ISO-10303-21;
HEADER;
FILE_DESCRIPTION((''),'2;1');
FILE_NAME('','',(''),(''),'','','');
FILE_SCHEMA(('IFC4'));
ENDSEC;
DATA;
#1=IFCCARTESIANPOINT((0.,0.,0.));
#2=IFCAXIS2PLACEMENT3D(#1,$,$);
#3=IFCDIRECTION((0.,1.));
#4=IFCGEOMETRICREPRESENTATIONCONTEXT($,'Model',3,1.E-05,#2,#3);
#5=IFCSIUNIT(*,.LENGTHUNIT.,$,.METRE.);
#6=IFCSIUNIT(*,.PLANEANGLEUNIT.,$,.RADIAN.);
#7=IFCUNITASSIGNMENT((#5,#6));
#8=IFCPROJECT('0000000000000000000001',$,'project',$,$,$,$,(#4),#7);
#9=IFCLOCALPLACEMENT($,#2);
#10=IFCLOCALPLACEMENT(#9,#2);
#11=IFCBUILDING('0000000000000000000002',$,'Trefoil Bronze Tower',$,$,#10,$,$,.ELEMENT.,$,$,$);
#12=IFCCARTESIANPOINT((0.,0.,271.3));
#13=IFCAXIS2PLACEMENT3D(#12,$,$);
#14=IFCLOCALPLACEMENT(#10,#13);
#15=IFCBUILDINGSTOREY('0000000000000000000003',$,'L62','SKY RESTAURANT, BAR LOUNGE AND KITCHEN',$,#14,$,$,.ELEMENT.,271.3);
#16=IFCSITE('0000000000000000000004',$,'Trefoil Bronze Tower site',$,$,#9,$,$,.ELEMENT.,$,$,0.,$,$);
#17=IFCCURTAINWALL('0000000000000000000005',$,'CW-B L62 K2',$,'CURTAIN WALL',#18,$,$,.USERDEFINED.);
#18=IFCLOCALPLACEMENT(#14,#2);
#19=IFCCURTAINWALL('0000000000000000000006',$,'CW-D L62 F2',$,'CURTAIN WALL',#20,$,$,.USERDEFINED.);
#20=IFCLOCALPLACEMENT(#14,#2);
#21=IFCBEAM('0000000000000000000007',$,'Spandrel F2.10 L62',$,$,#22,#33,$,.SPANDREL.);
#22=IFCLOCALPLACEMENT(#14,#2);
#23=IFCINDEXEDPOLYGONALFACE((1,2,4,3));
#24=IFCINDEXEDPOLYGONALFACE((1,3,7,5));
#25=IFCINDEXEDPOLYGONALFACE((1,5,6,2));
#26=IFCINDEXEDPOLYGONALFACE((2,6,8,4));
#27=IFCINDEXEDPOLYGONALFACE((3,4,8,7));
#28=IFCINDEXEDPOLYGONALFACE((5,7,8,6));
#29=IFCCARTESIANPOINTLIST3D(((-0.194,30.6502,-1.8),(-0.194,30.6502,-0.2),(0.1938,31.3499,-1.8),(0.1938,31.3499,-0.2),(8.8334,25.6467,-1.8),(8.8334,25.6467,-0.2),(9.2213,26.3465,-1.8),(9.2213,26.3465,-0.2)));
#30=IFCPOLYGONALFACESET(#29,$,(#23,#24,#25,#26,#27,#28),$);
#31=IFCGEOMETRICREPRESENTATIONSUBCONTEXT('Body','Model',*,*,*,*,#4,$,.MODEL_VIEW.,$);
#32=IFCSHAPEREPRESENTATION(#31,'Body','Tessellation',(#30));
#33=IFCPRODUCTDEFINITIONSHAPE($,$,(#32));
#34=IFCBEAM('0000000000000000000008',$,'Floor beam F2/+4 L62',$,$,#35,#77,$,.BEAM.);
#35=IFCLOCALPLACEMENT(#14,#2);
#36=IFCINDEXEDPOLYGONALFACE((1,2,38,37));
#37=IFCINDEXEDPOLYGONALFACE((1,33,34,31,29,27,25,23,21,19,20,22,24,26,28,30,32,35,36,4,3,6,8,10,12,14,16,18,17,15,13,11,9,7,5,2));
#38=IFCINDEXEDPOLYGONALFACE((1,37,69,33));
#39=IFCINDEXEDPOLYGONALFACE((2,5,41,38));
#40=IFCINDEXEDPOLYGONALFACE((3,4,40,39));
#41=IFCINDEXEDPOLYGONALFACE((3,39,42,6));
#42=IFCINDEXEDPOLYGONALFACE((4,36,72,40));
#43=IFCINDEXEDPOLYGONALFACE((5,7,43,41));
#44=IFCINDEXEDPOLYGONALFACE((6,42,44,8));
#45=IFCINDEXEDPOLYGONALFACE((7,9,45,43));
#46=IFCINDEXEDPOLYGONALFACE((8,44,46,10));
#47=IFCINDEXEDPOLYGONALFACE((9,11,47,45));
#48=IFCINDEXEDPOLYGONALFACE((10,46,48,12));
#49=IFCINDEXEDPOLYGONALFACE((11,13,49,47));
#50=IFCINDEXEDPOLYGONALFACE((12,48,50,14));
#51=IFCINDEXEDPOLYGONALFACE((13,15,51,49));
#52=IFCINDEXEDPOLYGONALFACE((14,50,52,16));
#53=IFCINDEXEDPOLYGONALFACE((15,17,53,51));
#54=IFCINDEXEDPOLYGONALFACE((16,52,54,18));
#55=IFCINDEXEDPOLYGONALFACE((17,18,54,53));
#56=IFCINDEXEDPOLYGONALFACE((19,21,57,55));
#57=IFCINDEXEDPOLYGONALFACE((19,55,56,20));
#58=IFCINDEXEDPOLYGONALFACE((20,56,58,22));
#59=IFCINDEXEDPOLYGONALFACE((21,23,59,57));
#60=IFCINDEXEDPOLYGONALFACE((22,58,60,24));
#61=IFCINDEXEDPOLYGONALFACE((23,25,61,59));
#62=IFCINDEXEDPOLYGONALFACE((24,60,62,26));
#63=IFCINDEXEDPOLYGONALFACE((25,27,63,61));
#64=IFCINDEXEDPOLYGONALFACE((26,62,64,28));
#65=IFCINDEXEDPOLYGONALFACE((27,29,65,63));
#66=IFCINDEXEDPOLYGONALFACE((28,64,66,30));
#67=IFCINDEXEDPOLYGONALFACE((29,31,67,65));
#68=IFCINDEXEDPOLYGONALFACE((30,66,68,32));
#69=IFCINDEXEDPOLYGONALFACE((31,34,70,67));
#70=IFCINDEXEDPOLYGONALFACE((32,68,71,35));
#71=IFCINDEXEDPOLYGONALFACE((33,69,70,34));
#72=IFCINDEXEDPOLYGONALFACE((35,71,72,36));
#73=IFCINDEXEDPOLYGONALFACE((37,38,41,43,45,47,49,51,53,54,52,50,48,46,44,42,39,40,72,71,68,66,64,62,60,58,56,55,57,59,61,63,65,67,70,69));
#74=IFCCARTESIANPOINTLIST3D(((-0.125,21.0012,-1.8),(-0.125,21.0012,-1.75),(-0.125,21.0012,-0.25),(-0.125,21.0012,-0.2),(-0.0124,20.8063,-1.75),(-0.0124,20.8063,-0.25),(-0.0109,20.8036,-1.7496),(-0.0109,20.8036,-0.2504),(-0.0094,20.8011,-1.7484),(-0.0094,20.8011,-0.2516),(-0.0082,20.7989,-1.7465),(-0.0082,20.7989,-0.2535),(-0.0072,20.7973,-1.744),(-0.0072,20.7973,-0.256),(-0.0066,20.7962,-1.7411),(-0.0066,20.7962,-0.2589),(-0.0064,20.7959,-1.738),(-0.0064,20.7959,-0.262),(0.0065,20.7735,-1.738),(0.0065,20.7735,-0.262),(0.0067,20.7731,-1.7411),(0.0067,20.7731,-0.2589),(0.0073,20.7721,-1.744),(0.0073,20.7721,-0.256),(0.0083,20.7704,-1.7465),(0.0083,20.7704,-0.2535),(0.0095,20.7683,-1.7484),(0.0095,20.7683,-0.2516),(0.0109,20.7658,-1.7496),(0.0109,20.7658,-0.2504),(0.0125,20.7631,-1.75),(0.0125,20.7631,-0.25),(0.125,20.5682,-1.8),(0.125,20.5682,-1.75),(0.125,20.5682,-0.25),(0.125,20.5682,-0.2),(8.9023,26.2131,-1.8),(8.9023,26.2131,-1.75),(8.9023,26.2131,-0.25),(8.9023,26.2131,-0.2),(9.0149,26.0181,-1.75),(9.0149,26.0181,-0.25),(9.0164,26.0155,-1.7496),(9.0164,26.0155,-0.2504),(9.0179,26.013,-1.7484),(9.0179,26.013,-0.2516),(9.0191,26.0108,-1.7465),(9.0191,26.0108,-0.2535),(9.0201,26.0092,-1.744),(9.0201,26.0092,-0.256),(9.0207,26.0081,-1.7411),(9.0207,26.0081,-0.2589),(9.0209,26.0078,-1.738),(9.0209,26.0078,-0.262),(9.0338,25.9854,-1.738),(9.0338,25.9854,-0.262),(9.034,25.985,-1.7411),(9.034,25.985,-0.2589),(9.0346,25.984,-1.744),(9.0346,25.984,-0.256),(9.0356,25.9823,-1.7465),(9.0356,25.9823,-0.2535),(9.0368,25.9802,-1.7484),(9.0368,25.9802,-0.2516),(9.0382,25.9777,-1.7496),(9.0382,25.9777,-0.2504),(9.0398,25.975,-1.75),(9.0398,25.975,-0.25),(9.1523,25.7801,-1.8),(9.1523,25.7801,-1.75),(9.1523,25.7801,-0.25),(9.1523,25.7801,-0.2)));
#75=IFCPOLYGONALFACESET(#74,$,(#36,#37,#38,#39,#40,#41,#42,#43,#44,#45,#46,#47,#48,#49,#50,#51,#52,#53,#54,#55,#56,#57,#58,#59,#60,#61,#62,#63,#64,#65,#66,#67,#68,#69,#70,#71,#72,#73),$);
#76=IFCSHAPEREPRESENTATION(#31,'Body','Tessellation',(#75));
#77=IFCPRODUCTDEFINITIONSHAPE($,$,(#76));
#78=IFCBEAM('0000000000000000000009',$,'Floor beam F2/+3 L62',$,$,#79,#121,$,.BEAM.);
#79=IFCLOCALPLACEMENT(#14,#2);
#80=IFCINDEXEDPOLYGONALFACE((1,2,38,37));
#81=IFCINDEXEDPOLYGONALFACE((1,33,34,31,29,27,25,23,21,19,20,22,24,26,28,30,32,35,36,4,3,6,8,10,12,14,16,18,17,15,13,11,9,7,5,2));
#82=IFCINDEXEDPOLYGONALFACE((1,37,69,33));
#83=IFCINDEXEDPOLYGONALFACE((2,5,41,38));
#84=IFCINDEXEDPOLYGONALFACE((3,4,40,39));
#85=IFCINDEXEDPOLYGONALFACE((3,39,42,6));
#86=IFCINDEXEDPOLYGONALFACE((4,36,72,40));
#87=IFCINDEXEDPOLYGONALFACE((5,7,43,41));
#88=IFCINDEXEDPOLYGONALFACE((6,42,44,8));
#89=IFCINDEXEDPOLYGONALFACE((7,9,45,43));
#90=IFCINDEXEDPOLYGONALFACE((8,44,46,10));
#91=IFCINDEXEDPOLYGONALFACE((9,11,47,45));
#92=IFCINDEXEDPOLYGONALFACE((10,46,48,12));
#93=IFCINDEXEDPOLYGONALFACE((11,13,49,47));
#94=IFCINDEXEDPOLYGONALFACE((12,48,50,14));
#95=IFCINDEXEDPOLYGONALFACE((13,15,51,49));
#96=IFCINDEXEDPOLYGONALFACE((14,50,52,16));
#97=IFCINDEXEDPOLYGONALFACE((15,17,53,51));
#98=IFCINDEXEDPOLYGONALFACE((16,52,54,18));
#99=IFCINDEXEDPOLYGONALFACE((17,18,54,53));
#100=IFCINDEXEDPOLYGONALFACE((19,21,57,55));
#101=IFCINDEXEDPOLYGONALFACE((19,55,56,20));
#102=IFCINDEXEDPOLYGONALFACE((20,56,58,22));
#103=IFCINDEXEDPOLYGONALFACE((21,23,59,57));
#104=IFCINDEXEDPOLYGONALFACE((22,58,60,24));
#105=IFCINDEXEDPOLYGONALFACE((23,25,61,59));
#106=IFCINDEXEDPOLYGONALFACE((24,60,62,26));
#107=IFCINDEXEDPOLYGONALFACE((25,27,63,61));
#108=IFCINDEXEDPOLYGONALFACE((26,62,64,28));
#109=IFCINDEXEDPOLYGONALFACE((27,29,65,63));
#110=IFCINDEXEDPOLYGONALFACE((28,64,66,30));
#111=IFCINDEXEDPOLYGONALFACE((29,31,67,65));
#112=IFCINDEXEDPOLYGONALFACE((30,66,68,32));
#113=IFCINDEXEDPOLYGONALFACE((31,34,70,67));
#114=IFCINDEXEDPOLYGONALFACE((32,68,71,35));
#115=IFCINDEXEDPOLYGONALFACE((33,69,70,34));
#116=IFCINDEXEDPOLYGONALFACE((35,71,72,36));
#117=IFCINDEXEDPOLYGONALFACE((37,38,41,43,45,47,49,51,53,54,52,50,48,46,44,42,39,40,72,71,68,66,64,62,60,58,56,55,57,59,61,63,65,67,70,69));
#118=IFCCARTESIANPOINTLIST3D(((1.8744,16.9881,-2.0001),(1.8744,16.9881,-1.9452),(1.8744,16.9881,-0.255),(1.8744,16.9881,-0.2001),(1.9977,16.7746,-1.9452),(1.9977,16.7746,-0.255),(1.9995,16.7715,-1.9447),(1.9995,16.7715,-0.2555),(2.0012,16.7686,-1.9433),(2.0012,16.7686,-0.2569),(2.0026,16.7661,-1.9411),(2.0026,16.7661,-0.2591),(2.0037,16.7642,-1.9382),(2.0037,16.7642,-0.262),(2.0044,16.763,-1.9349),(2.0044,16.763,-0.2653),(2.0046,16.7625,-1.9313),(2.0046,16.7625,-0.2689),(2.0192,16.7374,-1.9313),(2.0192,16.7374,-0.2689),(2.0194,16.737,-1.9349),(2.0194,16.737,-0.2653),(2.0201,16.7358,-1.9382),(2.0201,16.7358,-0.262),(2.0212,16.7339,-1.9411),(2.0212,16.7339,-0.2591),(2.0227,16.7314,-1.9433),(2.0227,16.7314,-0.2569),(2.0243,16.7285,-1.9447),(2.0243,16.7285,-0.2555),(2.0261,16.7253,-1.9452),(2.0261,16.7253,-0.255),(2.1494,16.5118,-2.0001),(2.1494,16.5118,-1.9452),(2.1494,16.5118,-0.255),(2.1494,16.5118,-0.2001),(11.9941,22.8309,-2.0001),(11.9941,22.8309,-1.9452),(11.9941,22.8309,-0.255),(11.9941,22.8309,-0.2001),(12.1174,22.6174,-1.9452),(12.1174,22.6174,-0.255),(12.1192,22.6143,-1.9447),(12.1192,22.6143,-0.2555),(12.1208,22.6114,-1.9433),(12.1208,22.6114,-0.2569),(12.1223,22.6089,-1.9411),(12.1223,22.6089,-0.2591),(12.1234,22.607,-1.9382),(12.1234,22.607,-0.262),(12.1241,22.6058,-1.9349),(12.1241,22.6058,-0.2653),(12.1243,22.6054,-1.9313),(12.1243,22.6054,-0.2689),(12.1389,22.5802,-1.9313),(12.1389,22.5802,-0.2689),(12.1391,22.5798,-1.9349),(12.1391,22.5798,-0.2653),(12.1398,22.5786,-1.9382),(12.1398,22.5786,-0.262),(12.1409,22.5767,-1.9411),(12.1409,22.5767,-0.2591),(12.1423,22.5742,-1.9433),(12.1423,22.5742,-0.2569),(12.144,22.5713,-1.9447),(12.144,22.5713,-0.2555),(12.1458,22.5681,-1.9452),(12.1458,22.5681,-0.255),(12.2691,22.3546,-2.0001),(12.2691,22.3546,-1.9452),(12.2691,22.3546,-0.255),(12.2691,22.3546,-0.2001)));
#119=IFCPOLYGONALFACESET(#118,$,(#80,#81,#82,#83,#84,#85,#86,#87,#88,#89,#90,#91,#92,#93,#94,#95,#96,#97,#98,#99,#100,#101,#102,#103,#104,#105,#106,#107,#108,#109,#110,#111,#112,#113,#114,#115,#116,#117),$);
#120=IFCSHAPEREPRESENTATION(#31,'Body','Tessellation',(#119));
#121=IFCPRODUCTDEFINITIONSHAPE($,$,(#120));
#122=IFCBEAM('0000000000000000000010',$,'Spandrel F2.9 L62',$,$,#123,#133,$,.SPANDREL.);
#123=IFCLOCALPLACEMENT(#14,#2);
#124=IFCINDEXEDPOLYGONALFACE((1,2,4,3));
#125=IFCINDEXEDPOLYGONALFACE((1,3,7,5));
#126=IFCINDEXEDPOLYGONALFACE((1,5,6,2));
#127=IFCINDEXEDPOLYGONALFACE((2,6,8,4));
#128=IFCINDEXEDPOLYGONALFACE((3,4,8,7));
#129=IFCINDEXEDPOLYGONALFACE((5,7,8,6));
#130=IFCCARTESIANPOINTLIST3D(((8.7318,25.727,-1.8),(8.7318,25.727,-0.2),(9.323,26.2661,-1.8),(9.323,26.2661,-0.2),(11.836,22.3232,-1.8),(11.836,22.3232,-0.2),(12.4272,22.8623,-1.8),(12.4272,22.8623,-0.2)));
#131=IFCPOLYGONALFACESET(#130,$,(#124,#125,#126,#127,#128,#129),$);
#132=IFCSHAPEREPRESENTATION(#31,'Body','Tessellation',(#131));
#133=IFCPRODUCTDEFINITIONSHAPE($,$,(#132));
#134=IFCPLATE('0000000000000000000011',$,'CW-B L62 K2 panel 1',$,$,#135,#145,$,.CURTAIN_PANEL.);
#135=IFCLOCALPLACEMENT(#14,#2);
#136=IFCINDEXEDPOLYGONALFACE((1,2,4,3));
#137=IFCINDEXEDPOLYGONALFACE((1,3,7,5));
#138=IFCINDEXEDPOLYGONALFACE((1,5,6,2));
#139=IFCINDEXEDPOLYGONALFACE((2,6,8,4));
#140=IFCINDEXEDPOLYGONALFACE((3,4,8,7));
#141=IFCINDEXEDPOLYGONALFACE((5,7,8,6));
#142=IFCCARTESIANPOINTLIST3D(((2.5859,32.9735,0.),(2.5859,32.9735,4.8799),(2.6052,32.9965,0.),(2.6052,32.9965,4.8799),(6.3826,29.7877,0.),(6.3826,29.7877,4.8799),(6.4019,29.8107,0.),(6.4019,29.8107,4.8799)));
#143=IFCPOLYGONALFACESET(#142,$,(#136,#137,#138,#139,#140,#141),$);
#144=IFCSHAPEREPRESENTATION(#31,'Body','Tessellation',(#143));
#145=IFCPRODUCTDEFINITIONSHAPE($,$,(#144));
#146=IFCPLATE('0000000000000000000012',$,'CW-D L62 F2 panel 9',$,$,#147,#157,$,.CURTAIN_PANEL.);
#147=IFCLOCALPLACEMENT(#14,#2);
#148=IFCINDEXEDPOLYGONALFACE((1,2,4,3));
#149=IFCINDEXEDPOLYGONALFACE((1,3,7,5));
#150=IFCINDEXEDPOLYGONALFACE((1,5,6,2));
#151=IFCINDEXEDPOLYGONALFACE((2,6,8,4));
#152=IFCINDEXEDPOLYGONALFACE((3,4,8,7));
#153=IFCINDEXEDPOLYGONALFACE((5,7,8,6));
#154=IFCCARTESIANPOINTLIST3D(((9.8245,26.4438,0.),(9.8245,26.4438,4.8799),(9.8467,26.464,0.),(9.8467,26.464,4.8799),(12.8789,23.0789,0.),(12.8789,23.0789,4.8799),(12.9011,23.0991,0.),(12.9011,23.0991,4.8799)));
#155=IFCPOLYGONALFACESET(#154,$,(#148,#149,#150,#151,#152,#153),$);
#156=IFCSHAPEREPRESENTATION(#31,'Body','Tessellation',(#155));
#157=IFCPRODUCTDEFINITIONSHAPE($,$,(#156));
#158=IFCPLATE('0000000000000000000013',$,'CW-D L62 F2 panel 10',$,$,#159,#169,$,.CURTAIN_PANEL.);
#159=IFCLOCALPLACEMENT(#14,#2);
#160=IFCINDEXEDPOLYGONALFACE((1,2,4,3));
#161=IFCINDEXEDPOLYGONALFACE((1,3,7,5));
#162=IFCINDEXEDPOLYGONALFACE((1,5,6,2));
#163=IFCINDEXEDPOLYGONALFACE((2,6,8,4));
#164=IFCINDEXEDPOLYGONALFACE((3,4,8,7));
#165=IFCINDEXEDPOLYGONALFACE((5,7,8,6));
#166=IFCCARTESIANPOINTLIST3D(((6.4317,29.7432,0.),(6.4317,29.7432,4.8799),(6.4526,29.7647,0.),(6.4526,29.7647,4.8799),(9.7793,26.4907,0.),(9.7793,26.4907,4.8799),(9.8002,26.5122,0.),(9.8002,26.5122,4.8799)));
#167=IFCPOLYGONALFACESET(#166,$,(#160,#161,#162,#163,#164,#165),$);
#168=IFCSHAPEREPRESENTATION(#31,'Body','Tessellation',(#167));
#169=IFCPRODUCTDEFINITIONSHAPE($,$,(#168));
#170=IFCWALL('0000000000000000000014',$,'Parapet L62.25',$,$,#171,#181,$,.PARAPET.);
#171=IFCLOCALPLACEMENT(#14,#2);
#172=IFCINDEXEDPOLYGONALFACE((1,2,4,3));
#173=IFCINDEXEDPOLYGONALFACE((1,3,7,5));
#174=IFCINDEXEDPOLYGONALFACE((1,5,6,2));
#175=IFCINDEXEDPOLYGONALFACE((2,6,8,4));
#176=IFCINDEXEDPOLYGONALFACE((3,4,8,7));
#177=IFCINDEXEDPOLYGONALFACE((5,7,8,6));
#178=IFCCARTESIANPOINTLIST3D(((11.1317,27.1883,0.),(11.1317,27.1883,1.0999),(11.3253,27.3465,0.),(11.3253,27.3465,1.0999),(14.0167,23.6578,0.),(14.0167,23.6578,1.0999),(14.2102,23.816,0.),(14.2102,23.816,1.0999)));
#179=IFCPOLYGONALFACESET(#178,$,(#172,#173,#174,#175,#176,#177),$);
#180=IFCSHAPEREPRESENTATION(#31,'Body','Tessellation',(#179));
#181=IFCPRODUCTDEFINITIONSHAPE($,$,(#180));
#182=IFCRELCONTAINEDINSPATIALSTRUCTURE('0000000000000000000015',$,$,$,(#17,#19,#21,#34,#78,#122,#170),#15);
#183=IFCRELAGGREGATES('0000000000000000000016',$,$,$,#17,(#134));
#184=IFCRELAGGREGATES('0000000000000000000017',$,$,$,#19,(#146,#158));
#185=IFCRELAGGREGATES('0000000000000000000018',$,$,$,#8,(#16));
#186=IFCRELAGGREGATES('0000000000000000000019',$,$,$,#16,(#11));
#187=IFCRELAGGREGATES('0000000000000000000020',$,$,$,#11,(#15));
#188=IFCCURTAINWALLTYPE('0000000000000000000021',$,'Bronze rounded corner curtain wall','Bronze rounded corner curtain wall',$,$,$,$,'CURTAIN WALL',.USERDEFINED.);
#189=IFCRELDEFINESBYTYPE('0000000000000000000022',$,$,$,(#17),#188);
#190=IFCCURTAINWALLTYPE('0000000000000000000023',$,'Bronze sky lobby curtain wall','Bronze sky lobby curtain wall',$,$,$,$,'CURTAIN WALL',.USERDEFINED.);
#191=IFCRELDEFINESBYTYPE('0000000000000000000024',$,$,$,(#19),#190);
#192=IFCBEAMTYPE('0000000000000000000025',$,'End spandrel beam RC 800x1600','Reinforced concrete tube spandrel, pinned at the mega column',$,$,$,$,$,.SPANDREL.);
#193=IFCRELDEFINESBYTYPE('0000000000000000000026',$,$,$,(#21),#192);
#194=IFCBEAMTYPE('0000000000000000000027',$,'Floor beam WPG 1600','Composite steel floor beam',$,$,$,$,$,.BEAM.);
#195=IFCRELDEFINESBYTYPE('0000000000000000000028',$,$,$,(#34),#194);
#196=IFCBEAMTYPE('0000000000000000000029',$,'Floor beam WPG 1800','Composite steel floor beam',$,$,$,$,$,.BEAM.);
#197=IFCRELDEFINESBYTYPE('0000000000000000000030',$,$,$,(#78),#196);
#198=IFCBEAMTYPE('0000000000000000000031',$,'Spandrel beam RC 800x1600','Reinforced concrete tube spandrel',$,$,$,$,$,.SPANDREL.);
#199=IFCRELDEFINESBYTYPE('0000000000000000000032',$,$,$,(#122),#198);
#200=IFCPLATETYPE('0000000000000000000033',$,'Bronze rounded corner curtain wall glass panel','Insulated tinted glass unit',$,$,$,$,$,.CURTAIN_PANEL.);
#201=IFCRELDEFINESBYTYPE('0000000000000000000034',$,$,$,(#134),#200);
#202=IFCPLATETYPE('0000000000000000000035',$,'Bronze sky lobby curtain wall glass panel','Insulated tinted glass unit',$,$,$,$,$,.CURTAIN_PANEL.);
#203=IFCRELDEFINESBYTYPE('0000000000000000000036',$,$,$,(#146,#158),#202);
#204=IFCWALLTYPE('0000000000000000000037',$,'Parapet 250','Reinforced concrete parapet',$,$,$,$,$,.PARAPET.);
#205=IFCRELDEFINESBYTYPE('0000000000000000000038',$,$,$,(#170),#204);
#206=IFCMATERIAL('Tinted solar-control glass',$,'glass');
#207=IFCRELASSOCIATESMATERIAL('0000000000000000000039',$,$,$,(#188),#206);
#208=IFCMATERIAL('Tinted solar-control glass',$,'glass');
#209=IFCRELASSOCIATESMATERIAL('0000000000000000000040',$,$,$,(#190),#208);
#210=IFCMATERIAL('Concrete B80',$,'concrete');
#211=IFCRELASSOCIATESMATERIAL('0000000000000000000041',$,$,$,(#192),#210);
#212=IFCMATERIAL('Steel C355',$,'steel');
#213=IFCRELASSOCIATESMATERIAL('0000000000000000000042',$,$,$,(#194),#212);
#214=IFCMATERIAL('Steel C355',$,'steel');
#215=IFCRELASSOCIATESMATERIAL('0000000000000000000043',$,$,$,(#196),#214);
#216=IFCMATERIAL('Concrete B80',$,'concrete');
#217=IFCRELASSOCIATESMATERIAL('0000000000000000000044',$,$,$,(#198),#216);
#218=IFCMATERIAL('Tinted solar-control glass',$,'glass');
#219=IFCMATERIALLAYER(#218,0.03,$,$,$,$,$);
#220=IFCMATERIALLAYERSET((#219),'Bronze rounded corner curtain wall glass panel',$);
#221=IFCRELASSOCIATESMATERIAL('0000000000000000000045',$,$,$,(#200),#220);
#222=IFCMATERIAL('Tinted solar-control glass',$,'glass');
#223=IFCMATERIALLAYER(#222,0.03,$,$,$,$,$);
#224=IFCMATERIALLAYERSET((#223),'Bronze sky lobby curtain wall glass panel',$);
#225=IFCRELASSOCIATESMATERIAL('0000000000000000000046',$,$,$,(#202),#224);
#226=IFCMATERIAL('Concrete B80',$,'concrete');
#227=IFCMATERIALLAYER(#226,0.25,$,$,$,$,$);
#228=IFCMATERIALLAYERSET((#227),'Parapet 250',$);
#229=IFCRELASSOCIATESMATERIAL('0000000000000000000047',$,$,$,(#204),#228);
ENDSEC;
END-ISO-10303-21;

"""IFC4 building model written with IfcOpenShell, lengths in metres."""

from ifc_helpers import new_model, si_unit, direction, frame, frame_2d, origin, origin_2d, place, context, subcontext, project, spatial, rectangle, i_section, extrude, material, layer, layer_set, material_profile, profile_set, type_object, element, aggregate, save


model = new_model("IFC4")

# Units and contexts
model_context = context("Model", 3, precision=1e-05, world=origin(), true_north=direction((0.0, 1.0)))
body_context = subcontext(model_context, "Body", "Model", "MODEL_VIEW")
ifc_project = project(units=[si_unit("LENGTHUNIT", "METRE"), si_unit("PLANEANGLEUNIT", "RADIAN")], contexts=[model_context])

# Site, building, storey
site_placement = place(None, origin())
site = spatial("IfcSite", under=ifc_project, at=site_placement, Name="Trefoil Bronze Tower site", CompositionType="ELEMENT", RefElevation=0.0)
building_placement = place(site_placement, origin())
building = spatial("IfcBuilding", under=site, at=building_placement, Name="Trefoil Bronze Tower", CompositionType="ELEMENT")
storey_placement = place(building_placement, frame((0.0, 0.0, 271.3)))
storey = spatial("IfcBuildingStorey", under=building, at=storey_placement, Name="L62", Description="SKY RESTAURANT, BAR LOUNGE AND KITCHEN", CompositionType="ELEMENT", Elevation=271.3)

# Curtain walls
ifc_material_1 = material(Name="Tinted solar-control glass", Category="glass")
curtain_wall_type_1 = type_object("IfcCurtainWallType", Name="Bronze rounded corner curtain wall", Description="Bronze rounded corner curtain wall", ElementType="CURTAIN WALL", PredefinedType="USERDEFINED", material=ifc_material_1)
curtain_wall_1_placement = place(storey_placement, origin())
curtain_wall_1 = element("IfcCurtainWall", 1, at=curtain_wall_1_placement, inside=storey, type_object=curtain_wall_type_1, Name="CW-B L62 K2", ObjectType="CURTAIN WALL", PredefinedType="USERDEFINED")
ifc_material_2 = material(Name="Tinted solar-control glass", Category="glass")
curtain_wall_type_2 = type_object("IfcCurtainWallType", Name="Bronze sky lobby curtain wall", Description="Bronze sky lobby curtain wall", ElementType="CURTAIN WALL", PredefinedType="USERDEFINED", material=ifc_material_2)
curtain_wall_2_placement = place(storey_placement, origin())
curtain_wall_2 = element("IfcCurtainWall", 2, at=curtain_wall_2_placement, inside=storey, type_object=curtain_wall_type_2, Name="CW-D L62 F2", ObjectType="CURTAIN WALL", PredefinedType="USERDEFINED")

# Beams
ifc_material_3 = material(Name="Concrete B80", Category="concrete")
ifc_material_profile_1 = material_profile(ifc_material_3, rectangle(XDim=0.8, YDim=1.6001, at=origin_2d()), Name="RC 800x1600")
ifc_profile_set_1 = profile_set([ifc_material_profile_1], Name="Concrete B80")
beam_type_1 = type_object("IfcBeamType", Name="End spandrel beam RC 800x1600", Description="Reinforced concrete tube spandrel, pinned at the mega column", PredefinedType="SPANDREL", material=ifc_profile_set_1)
beam_1_placement = place(storey_placement, frame((9.0273, 25.9966, -1.0), z_axis=(-0.874641, 0.484771, 0.0), x_axis=(-0.484771, -0.874641, 0.0)))
element("IfcBeam", 3, at=beam_1_placement, inside=storey, type_object=beam_type_1, Name="Spandrel F2.10 L62", PredefinedType="SPANDREL", context=body_context, shape_type="SweptSolid", body=[
    extrude(rectangle(XDim=0.8, YDim=1.6001, at=origin_2d()), origin(), (0.0, 0.0, 1.0), 10.3213),
])
ifc_material_4 = material(Name="Steel C355", Category="steel")
ifc_material_profile_2 = material_profile(ifc_material_4, i_section(OverallWidth=0.5, OverallDepth=1.6001, WebThickness=0.0259, FlangeThickness=0.05, FilletRadius=0.012, at=origin_2d()), Name="WPG 1600")
ifc_profile_set_2 = profile_set([ifc_material_profile_2], Name="Steel C355")
beam_type_2 = type_object("IfcBeamType", Name="Floor beam WPG 1600", Description="Composite steel floor beam", PredefinedType="BEAM", material=ifc_profile_set_2)
beam_2_placement = place(storey_placement, frame((9.0273, 25.9966, -1.0), z_axis=(-0.866026, -0.499998, 0.0), x_axis=(0.499998, -0.866026, 0.0)))
element("IfcBeam", 4, at=beam_2_placement, inside=storey, type_object=beam_type_2, Name="Floor beam F2/+4 L62", PredefinedType="BEAM", context=body_context, shape_type="SweptSolid", body=[
    extrude(i_section(OverallWidth=0.5, OverallDepth=1.6001, WebThickness=0.0259, FlangeThickness=0.05, FilletRadius=0.012, at=origin_2d()), origin(), (0.0, 0.0, 1.0), 10.4238),
])
ifc_material_5 = material(Name="Steel C355", Category="steel")
ifc_material_profile_3 = material_profile(ifc_material_5, i_section(OverallWidth=0.55, OverallDepth=1.8, WebThickness=0.0291, FlangeThickness=0.0549, FilletRadius=0.0139, at=origin_2d()), Name="WPG 1800")
ifc_profile_set_3 = profile_set([ifc_material_profile_3], Name="Steel C355")
beam_type_3 = type_object("IfcBeamType", Name="Floor beam WPG 1800", Description="Composite steel floor beam", PredefinedType="BEAM", material=ifc_profile_set_3)
beam_3_placement = place(storey_placement, frame((12.1316, 22.5928, -1.1001), z_axis=(-0.866018, -0.500013, 0.0), x_axis=(0.500013, -0.866018, 0.0)))
element("IfcBeam", 5, at=beam_3_placement, inside=storey, type_object=beam_type_3, Name="Floor beam F2/+3 L62", PredefinedType="BEAM", context=body_context, shape_type="SweptSolid", body=[
    extrude(i_section(OverallWidth=0.55, OverallDepth=1.8, WebThickness=0.0291, FlangeThickness=0.0549, FilletRadius=0.0139, at=origin_2d()), origin(), (0.0, 0.0, 1.0), 11.6853),
])
ifc_material_6 = material(Name="Concrete B80", Category="concrete")
ifc_material_profile_4 = material_profile(ifc_material_6, rectangle(XDim=0.8, YDim=1.6001, at=origin_2d()), Name="RC 800x1600")
ifc_profile_set_4 = profile_set([ifc_material_profile_4], Name="Concrete B80")
beam_type_4 = type_object("IfcBeamType", Name="Spandrel beam RC 800x1600", Description="Reinforced concrete tube spandrel", PredefinedType="SPANDREL", material=ifc_profile_set_4)
beam_4_placement = place(storey_placement, frame((12.1316, 22.5928, -1.0), z_axis=(-0.673846, 0.738872, 0.0), x_axis=(-0.738872, -0.673846, 0.0)))
element("IfcBeam", 6, at=beam_4_placement, inside=storey, type_object=beam_type_4, Name="Spandrel F2.9 L62", PredefinedType="SPANDREL", context=body_context, shape_type="SweptSolid", body=[
    extrude(rectangle(XDim=0.8, YDim=1.6001, at=origin_2d()), origin(), (0.0, 0.0, 1.0), 4.6067),
])

# Plates
ifc_material_7 = material(Name="Tinted solar-control glass", Category="glass")
ifc_layer_1 = layer(ifc_material_7, 0.03)
ifc_layer_set_1 = layer_set([ifc_layer_1], Name="Bronze rounded corner curtain wall glass panel")
plate_type_1 = type_object("IfcPlateType", Name="Bronze rounded corner curtain wall glass panel", Description="Insulated tinted glass unit", PredefinedType="CURTAIN_PANEL", material=ifc_layer_set_1)
plate_1_placement = place(storey_placement, frame((4.4939, 31.3921, 0.0), z_axis=(0.0, 0.0, 1.0), x_axis=(-0.766044, 0.642788, 0.0)))
plate_1 = element("IfcPlate", 7, at=plate_1_placement, type_object=plate_type_1, Name="CW-B L62 K2 panel 1", PredefinedType="CURTAIN_PANEL", context=body_context, shape_type="SweptSolid", body=[
    extrude(rectangle(XDim=4.9563, YDim=0.03, at=origin_2d()), origin(), (0.0, 0.0, 1.0), 4.8799),
])
aggregate(curtain_wall_1, [plate_1])
ifc_material_8 = material(Name="Tinted solar-control glass", Category="glass")
ifc_layer_2 = layer(ifc_material_8, 0.03)
ifc_layer_set_2 = layer_set([ifc_layer_2], Name="Bronze sky lobby curtain wall glass panel")
plate_type_2 = type_object("IfcPlateType", Name="Bronze sky lobby curtain wall glass panel", Description="Insulated tinted glass unit", PredefinedType="CURTAIN_PANEL", material=ifc_layer_set_2)
plate_2_placement = place(storey_placement, frame((11.3628, 24.7715, 0.0), z_axis=(0.0, 0.0, 1.0), x_axis=(-0.672115, 0.740447, 0.0)))
plate_2 = element("IfcPlate", 8, at=plate_2_placement, type_object=plate_type_2, Name="CW-D L62 F2 panel 9", PredefinedType="CURTAIN_PANEL", context=body_context, shape_type="SweptSolid", body=[
    extrude(rectangle(XDim=4.5444, YDim=0.03, at=origin_2d()), origin(), (0.0, 0.0, 1.0), 4.8799),
])
plate_3_placement = place(storey_placement, frame((8.116, 28.1277, 0.0), z_axis=(0.0, 0.0, 1.0), x_axis=(-0.717218, 0.696849, 0.0)))
plate_3 = element("IfcPlate", 9, at=plate_3_placement, type_object=plate_type_2, Name="CW-D L62 F2 panel 10", PredefinedType="CURTAIN_PANEL", context=body_context, shape_type="SweptSolid", body=[
    extrude(rectangle(XDim=4.6675, YDim=0.03, at=origin_2d()), origin(), (0.0, 0.0, 1.0), 4.8799),
])
aggregate(curtain_wall_2, [plate_2, plate_3])

# Wall
ifc_material_9 = material(Name="Concrete B80", Category="concrete")
ifc_layer_3 = layer(ifc_material_9, 0.25)
ifc_layer_set_3 = layer_set([ifc_layer_3], Name="Parapet 250")
wall_type_1 = type_object("IfcWallType", Name="Parapet 250", Description="Reinforced concrete parapet", PredefinedType="PARAPET", material=ifc_layer_set_3)
wall_1_placement = place(storey_placement, frame((14.1135, 23.7368, 0.0), z_axis=(0.0, 0.0, 1.0), x_axis=(-0.632765, 0.774344, 0.0)))
element("IfcWall", 10, at=wall_1_placement, inside=storey, type_object=wall_type_1, Name="Parapet L62.25", PredefinedType="PARAPET", context=body_context, shape_type="SweptSolid", body=[
    extrude(rectangle(XDim=4.5593, YDim=0.25, at=frame_2d((2.2798, 0.0))), origin(), (0.0, 0.0, 1.0), 1.0999),
])

save(model, "model.ifc")
